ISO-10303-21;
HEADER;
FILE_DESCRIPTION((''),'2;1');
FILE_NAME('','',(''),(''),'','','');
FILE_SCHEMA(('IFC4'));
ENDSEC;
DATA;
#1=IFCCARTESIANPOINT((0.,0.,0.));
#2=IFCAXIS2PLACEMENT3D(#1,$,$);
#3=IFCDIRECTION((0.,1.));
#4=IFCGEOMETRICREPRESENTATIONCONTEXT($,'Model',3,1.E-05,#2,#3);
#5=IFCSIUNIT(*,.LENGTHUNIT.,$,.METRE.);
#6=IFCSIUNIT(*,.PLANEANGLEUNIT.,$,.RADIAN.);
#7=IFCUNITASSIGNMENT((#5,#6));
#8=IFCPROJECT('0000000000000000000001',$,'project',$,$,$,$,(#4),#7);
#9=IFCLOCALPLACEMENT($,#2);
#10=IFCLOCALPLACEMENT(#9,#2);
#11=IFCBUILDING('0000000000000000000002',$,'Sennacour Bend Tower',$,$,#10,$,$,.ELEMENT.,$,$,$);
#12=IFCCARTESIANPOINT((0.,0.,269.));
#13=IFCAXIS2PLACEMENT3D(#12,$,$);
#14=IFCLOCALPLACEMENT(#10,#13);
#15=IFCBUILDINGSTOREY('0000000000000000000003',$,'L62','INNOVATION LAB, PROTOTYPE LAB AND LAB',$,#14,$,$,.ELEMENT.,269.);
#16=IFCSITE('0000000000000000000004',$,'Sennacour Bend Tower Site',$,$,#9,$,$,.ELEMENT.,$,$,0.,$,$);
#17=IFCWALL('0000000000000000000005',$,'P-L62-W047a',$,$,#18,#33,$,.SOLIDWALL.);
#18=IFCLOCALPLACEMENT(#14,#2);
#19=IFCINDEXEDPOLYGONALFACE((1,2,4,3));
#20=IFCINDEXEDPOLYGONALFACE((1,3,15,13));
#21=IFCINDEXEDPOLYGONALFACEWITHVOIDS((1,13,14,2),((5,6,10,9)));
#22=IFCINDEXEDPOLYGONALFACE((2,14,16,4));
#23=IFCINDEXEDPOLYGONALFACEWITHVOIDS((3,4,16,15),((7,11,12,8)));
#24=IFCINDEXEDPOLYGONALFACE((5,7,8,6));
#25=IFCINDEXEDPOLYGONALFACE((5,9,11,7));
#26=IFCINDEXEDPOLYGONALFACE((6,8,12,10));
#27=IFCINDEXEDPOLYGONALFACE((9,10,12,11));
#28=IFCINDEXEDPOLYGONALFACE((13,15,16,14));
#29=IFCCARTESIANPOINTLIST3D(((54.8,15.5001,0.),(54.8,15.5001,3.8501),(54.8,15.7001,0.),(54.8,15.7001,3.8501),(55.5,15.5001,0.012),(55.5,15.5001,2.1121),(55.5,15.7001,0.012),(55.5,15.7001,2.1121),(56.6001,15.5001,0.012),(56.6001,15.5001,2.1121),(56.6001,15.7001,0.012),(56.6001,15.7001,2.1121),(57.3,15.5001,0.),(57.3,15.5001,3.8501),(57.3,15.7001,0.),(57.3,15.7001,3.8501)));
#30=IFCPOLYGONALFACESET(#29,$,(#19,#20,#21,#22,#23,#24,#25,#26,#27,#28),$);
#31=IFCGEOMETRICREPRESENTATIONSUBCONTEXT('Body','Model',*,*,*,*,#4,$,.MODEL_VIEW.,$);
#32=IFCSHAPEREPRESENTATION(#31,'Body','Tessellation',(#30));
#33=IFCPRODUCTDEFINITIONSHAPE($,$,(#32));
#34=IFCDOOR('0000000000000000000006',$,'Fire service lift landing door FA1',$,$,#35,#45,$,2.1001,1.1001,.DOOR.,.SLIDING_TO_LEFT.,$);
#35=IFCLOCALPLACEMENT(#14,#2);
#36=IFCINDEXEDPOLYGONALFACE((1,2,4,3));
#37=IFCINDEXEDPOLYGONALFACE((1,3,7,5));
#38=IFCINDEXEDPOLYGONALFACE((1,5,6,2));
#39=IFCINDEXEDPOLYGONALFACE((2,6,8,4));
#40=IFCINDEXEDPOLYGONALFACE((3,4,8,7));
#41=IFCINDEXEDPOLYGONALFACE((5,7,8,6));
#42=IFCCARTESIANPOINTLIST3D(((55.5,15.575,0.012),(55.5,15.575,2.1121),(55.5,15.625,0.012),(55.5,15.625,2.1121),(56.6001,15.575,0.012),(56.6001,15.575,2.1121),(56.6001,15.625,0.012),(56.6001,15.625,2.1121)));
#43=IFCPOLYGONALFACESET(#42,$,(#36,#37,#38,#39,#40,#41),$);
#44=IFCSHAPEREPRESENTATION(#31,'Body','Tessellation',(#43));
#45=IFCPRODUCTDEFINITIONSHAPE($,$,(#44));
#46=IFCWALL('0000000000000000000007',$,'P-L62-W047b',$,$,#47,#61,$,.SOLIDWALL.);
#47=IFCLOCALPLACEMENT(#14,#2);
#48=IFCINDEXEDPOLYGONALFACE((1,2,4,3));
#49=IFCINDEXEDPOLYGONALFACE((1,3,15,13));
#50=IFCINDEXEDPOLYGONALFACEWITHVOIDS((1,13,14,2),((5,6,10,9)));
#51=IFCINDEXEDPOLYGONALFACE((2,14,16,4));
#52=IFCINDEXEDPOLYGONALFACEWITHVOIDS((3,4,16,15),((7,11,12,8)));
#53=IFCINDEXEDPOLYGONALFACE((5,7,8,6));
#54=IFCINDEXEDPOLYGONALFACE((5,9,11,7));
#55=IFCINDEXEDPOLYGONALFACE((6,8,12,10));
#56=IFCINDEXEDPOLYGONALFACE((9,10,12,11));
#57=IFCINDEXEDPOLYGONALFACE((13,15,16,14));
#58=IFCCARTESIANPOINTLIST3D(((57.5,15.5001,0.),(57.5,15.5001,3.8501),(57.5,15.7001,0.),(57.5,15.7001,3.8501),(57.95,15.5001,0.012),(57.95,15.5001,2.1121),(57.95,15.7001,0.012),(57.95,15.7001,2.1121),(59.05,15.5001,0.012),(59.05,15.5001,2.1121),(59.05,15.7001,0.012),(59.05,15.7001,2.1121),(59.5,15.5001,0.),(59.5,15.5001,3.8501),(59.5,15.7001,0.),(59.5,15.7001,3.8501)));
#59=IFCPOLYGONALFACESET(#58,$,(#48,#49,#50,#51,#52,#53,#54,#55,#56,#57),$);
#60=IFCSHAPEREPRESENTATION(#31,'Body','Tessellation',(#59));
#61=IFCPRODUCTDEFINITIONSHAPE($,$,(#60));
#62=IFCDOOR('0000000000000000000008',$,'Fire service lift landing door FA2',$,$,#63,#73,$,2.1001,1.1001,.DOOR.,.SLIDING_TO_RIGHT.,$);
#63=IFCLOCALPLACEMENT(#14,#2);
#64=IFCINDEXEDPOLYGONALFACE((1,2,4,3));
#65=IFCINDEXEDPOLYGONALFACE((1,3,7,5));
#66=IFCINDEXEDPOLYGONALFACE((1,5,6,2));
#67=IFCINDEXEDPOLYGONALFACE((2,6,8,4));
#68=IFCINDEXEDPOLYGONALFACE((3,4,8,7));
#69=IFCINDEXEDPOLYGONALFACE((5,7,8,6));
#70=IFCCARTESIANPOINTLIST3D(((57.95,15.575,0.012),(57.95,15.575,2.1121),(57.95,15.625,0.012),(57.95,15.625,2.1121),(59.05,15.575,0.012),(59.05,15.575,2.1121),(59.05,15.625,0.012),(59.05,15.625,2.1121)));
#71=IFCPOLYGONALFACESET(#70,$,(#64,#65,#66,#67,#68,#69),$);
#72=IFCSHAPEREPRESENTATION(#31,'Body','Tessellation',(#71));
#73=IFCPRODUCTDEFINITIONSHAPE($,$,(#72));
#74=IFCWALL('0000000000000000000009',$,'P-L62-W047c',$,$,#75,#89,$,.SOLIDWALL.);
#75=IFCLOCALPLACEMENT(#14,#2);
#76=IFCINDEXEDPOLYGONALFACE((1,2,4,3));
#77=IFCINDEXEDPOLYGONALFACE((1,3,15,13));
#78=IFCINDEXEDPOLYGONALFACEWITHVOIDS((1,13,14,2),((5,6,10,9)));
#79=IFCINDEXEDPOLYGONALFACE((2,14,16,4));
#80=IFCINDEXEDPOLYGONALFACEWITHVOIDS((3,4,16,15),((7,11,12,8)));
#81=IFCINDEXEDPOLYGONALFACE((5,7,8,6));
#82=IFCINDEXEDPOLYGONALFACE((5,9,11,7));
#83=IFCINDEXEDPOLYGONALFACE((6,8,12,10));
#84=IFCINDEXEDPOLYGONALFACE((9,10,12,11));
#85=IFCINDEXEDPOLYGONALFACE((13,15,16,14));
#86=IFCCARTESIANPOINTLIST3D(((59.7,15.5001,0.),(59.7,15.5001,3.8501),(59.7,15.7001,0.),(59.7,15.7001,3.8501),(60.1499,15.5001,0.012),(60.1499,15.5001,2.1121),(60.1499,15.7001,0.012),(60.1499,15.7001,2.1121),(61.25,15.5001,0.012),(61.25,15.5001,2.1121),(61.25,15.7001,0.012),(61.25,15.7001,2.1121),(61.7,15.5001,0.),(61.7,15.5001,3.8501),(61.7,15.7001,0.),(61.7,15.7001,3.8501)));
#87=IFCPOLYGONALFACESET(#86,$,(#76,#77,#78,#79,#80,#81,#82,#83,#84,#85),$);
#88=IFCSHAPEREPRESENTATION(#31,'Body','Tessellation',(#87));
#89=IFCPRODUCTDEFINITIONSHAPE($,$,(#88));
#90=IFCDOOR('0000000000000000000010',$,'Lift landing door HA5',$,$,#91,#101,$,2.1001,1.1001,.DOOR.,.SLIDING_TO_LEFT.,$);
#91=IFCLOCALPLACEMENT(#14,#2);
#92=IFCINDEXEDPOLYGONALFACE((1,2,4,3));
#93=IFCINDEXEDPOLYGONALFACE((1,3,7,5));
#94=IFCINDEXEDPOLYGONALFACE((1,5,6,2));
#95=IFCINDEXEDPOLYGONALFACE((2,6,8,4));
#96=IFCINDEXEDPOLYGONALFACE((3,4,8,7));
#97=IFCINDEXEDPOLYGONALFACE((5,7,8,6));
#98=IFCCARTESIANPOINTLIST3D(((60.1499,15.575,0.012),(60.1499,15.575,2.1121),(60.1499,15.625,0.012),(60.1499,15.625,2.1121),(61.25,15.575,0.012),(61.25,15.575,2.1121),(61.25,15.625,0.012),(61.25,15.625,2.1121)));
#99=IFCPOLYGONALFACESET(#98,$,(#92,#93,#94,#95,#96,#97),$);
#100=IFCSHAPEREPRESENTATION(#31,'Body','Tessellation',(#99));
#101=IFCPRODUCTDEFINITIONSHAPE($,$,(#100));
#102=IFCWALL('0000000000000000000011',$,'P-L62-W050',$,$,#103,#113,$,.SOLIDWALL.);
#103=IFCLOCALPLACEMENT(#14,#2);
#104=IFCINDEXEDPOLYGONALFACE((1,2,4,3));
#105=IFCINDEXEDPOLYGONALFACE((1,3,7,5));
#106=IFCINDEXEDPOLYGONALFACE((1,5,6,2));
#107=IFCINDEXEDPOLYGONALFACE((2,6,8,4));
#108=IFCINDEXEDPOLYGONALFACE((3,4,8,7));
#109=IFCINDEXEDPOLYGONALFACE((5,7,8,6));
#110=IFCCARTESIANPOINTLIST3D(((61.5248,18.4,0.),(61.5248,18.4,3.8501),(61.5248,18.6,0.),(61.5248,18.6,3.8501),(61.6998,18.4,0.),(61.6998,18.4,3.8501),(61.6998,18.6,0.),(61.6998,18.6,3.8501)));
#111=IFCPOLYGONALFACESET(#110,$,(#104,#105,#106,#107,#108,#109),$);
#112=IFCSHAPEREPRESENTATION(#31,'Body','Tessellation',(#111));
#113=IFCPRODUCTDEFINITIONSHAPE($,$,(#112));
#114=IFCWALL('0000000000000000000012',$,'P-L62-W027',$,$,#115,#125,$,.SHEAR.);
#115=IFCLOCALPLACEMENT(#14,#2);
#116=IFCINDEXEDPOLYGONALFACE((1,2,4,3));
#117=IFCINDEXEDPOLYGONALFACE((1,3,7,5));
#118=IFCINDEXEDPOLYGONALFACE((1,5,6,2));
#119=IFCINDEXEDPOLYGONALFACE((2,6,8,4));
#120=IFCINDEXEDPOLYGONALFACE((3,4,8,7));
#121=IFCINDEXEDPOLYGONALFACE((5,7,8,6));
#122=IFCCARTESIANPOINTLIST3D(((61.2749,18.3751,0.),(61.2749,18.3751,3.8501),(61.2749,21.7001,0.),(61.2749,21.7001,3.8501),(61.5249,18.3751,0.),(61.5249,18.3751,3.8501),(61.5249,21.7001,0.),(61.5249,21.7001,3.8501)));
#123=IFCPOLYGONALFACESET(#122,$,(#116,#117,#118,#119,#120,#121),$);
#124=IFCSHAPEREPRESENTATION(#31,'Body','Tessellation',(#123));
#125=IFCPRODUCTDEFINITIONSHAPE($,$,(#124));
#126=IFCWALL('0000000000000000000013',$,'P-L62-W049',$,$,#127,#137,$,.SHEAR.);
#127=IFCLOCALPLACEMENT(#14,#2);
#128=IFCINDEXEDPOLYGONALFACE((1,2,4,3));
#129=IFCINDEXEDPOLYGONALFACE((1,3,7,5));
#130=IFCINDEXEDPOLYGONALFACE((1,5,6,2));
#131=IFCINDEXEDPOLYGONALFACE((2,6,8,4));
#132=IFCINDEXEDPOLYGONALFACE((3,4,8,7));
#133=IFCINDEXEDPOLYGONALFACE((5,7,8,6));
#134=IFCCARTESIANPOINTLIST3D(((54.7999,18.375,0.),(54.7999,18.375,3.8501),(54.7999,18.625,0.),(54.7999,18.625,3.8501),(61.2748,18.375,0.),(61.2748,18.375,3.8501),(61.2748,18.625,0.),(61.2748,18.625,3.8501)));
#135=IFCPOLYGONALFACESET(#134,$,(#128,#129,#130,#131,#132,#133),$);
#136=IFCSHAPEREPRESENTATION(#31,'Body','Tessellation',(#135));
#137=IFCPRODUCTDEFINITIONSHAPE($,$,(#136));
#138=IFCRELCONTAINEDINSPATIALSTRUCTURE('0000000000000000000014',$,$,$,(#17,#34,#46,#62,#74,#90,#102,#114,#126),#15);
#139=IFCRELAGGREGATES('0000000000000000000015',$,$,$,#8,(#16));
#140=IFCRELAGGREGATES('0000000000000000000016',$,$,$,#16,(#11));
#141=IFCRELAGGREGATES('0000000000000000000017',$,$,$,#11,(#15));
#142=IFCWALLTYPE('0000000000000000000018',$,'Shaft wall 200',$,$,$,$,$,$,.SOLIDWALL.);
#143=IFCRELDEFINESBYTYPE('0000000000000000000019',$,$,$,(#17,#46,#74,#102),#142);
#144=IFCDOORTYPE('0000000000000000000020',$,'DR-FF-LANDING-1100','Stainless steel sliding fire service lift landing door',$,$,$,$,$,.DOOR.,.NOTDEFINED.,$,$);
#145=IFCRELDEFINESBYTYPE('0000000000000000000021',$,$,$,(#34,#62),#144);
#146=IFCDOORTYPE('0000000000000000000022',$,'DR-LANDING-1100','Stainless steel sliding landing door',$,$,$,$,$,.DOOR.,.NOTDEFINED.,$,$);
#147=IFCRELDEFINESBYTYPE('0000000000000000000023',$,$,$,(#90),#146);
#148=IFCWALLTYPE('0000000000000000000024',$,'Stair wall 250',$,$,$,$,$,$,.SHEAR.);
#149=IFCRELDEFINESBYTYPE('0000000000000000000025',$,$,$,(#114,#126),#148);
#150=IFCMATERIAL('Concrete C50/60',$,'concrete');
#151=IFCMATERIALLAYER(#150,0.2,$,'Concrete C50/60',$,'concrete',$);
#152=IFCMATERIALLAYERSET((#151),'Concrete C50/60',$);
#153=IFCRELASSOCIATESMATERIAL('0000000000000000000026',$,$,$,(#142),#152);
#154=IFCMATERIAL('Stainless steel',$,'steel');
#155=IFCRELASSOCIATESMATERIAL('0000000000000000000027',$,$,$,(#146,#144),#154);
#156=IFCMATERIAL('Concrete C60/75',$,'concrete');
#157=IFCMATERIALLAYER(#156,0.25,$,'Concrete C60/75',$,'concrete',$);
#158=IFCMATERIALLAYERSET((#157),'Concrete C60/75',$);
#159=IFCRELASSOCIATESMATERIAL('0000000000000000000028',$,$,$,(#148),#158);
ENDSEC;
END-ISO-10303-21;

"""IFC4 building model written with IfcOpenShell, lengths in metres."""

from ifc_helpers import new_model, si_unit, direction, frame, frame_2d, origin, place, context, subcontext, project, spatial, rectangle, extrude, material, layer, layer_set, type_object, element, fill, save


model = new_model("IFC4")

# Units and contexts
model_context = context("Model", 3, precision=1e-05, world=origin(), true_north=direction((0.0, 1.0)))
body_context = subcontext(model_context, "Body", "Model", "MODEL_VIEW")
ifc_project = project(units=[si_unit("LENGTHUNIT", "METRE"), si_unit("PLANEANGLEUNIT", "RADIAN")], contexts=[model_context])

# Site, building, storey
site_placement = place(None, origin())
site = spatial("IfcSite", under=ifc_project, at=site_placement, Name="Sennacour Bend Tower Site", CompositionType="ELEMENT", RefElevation=0.0)
building_placement = place(site_placement, origin())
building = spatial("IfcBuilding", under=site, at=building_placement, Name="Sennacour Bend Tower", CompositionType="ELEMENT")
storey_placement = place(building_placement, frame((0.0, 0.0, 269.0)))
storey = spatial("IfcBuildingStorey", under=building, at=storey_placement, Name="L62", Description="INNOVATION LAB, PROTOTYPE LAB AND LAB", CompositionType="ELEMENT", Elevation=269.0)

# Shared definitions
ifc_material_1 = material(Name="Concrete C50/60", Category="concrete")
ifc_layer_1 = layer(ifc_material_1, 0.2, Name="Concrete C50/60", Category="concrete")
ifc_layer_set_1 = layer_set([ifc_layer_1], Name="Concrete C50/60")
wall_type_1 = type_object("IfcWallType", Name="Shaft wall 200", PredefinedType="SOLIDWALL", material=ifc_layer_set_1)

# Shared definitions
ifc_material_2 = material(Name="Stainless steel", Category="steel")
door_type_1 = type_object("IfcDoorType", Name="DR-LANDING-1100", Description="Stainless steel sliding landing door", OperationType="NOTDEFINED", PredefinedType="DOOR", material=ifc_material_2)

# Walls, openings, doors
wall_1_placement = place(storey_placement, frame((54.8, 15.6001, 0.0), z_axis=(0.0, 0.0, 1.0), x_axis=(1.0, 0.0, 0.0)))
wall_1 = element("IfcWall", 1, at=wall_1_placement, inside=storey, type_object=wall_type_1, Name="P-L62-W047a", PredefinedType="SOLIDWALL", context=body_context, shape_type="SweptSolid", body=[
    extrude(rectangle(XDim=2.5, YDim=0.2, at=frame_2d((1.25, 0.0))), origin(), (0.0, 0.0, 1.0), 3.8501),
])
opening_1_placement = place(wall_1_placement, frame((0.7, 0.0, 0.012)))
opening_1 = element("IfcOpeningElement", 2, at=opening_1_placement, cuts=wall_1, PredefinedType="OPENING", context=body_context, shape_type="SweptSolid", body=[
    extrude(rectangle(XDim=1.1001, YDim=2.1001, at=frame_2d((0.55, 1.05))), frame((0.0, 0.1099, 0.0), z_axis=(0.0, -1.0, 0.0), x_axis=(1.0, 0.0, 0.0)), (0.0, 0.0, 1.0), 0.22),
])
door_type_2 = type_object("IfcDoorType", Name="DR-FF-LANDING-1100", Description="Stainless steel sliding fire service lift landing door", OperationType="NOTDEFINED", PredefinedType="DOOR", material=ifc_material_2)
door_1_placement = place(opening_1_placement, origin())
door_1 = element("IfcDoor", 3, at=door_1_placement, inside=storey, type_object=door_type_2, Name="Fire service lift landing door FA1", OperationType="SLIDING_TO_LEFT", OverallHeight=2.1001, OverallWidth=1.1001, PredefinedType="DOOR", context=body_context, shape_type="SweptSolid", body=[
    extrude(rectangle(XDim=1.1001, YDim=2.1001, at=frame_2d((0.55, 1.05))), frame((0.0, 0.0249, 0.0), z_axis=(0.0, -1.0, 0.0), x_axis=(1.0, 0.0, 0.0)), (0.0, 0.0, 1.0), 0.05),
])
fill(opening_1, door_1)
wall_2_placement = place(storey_placement, frame((57.5, 15.6001, 0.0), z_axis=(0.0, 0.0, 1.0), x_axis=(1.0, 0.0, 0.0)))
wall_2 = element("IfcWall", 4, at=wall_2_placement, inside=storey, type_object=wall_type_1, Name="P-L62-W047b", PredefinedType="SOLIDWALL", context=body_context, shape_type="SweptSolid", body=[
    extrude(rectangle(XDim=2.0, YDim=0.2, at=frame_2d((1.0, 0.0))), origin(), (0.0, 0.0, 1.0), 3.8501),
])
opening_2_placement = place(wall_2_placement, frame((0.45, 0.0, 0.012)))
opening_2 = element("IfcOpeningElement", 5, at=opening_2_placement, cuts=wall_2, PredefinedType="OPENING", context=body_context, shape_type="SweptSolid", body=[
    extrude(rectangle(XDim=1.1001, YDim=2.1001, at=frame_2d((0.55, 1.05))), frame((0.0, 0.1099, 0.0), z_axis=(0.0, -1.0, 0.0), x_axis=(1.0, 0.0, 0.0)), (0.0, 0.0, 1.0), 0.22),
])
door_2_placement = place(opening_2_placement, origin())
door_2 = element("IfcDoor", 6, at=door_2_placement, inside=storey, type_object=door_type_2, Name="Fire service lift landing door FA2", OperationType="SLIDING_TO_RIGHT", OverallHeight=2.1001, OverallWidth=1.1001, PredefinedType="DOOR", context=body_context, shape_type="SweptSolid", body=[
    extrude(rectangle(XDim=1.1001, YDim=2.1001, at=frame_2d((0.55, 1.05))), frame((0.0, 0.0249, 0.0), z_axis=(0.0, -1.0, 0.0), x_axis=(1.0, 0.0, 0.0)), (0.0, 0.0, 1.0), 0.05),
])
fill(opening_2, door_2)
wall_3_placement = place(storey_placement, frame((59.7, 15.6001, 0.0), z_axis=(0.0, 0.0, 1.0), x_axis=(1.0, 0.0, 0.0)))
wall_3 = element("IfcWall", 7, at=wall_3_placement, inside=storey, type_object=wall_type_1, Name="P-L62-W047c", PredefinedType="SOLIDWALL", context=body_context, shape_type="SweptSolid", body=[
    extrude(rectangle(XDim=2.0, YDim=0.2, at=frame_2d((1.0, 0.0))), origin(), (0.0, 0.0, 1.0), 3.8501),
])
opening_3_placement = place(wall_3_placement, frame((0.45, 0.0, 0.012)))
opening_3 = element("IfcOpeningElement", 8, at=opening_3_placement, cuts=wall_3, PredefinedType="OPENING", context=body_context, shape_type="SweptSolid", body=[
    extrude(rectangle(XDim=1.1001, YDim=2.1001, at=frame_2d((0.55, 1.05))), frame((0.0, 0.1099, 0.0), z_axis=(0.0, -1.0, 0.0), x_axis=(1.0, 0.0, 0.0)), (0.0, 0.0, 1.0), 0.22),
])
door_3_placement = place(opening_3_placement, origin())
door_3 = element("IfcDoor", 9, at=door_3_placement, inside=storey, type_object=door_type_1, Name="Lift landing door HA5", OperationType="SLIDING_TO_LEFT", OverallHeight=2.1001, OverallWidth=1.1001, PredefinedType="DOOR", context=body_context, shape_type="SweptSolid", body=[
    extrude(rectangle(XDim=1.1001, YDim=2.1001, at=frame_2d((0.55, 1.05))), frame((0.0, 0.0249, 0.0), z_axis=(0.0, -1.0, 0.0), x_axis=(1.0, 0.0, 0.0)), (0.0, 0.0, 1.0), 0.05),
])
fill(opening_3, door_3)

# Walls
wall_4_placement = place(storey_placement, frame((61.5249, 18.5, 0.0), z_axis=(0.0, 0.0, 1.0), x_axis=(1.0, 0.0, 0.0)))
element("IfcWall", 10, at=wall_4_placement, inside=storey, type_object=wall_type_1, Name="P-L62-W050", PredefinedType="SOLIDWALL", context=body_context, shape_type="SweptSolid", body=[
    extrude(rectangle(XDim=0.175, YDim=0.2, at=frame_2d((0.0874, 0.0))), origin(), (0.0, 0.0, 1.0), 3.8501),
])
ifc_material_3 = material(Name="Concrete C60/75", Category="concrete")
ifc_layer_2 = layer(ifc_material_3, 0.25, Name="Concrete C60/75", Category="concrete")
ifc_layer_set_2 = layer_set([ifc_layer_2], Name="Concrete C60/75")
wall_type_2 = type_object("IfcWallType", Name="Stair wall 250", PredefinedType="SHEAR", material=ifc_layer_set_2)
wall_5_placement = place(storey_placement, frame((61.3999, 18.375, 0.0), z_axis=(0.0, 0.0, 1.0), x_axis=(0.0, 1.0, 0.0)))
element("IfcWall", 11, at=wall_5_placement, inside=storey, type_object=wall_type_2, Name="P-L62-W027", PredefinedType="SHEAR", context=body_context, shape_type="SweptSolid", body=[
    extrude(rectangle(XDim=3.325, YDim=0.25, at=frame_2d((1.6626, 0.0))), origin(), (0.0, 0.0, 1.0), 3.8501),
])
wall_6_placement = place(storey_placement, frame((54.8, 18.5, 0.0), z_axis=(0.0, 0.0, 1.0), x_axis=(1.0, 0.0, 0.0)))
element("IfcWall", 12, at=wall_6_placement, inside=storey, type_object=wall_type_2, Name="P-L62-W049", PredefinedType="SHEAR", context=body_context, shape_type="SweptSolid", body=[
    extrude(rectangle(XDim=6.4749, YDim=0.25, at=frame_2d((3.2373, 0.0))), origin(), (0.0, 0.0, 1.0), 3.8501),
])

save(model, "model.ifc")
